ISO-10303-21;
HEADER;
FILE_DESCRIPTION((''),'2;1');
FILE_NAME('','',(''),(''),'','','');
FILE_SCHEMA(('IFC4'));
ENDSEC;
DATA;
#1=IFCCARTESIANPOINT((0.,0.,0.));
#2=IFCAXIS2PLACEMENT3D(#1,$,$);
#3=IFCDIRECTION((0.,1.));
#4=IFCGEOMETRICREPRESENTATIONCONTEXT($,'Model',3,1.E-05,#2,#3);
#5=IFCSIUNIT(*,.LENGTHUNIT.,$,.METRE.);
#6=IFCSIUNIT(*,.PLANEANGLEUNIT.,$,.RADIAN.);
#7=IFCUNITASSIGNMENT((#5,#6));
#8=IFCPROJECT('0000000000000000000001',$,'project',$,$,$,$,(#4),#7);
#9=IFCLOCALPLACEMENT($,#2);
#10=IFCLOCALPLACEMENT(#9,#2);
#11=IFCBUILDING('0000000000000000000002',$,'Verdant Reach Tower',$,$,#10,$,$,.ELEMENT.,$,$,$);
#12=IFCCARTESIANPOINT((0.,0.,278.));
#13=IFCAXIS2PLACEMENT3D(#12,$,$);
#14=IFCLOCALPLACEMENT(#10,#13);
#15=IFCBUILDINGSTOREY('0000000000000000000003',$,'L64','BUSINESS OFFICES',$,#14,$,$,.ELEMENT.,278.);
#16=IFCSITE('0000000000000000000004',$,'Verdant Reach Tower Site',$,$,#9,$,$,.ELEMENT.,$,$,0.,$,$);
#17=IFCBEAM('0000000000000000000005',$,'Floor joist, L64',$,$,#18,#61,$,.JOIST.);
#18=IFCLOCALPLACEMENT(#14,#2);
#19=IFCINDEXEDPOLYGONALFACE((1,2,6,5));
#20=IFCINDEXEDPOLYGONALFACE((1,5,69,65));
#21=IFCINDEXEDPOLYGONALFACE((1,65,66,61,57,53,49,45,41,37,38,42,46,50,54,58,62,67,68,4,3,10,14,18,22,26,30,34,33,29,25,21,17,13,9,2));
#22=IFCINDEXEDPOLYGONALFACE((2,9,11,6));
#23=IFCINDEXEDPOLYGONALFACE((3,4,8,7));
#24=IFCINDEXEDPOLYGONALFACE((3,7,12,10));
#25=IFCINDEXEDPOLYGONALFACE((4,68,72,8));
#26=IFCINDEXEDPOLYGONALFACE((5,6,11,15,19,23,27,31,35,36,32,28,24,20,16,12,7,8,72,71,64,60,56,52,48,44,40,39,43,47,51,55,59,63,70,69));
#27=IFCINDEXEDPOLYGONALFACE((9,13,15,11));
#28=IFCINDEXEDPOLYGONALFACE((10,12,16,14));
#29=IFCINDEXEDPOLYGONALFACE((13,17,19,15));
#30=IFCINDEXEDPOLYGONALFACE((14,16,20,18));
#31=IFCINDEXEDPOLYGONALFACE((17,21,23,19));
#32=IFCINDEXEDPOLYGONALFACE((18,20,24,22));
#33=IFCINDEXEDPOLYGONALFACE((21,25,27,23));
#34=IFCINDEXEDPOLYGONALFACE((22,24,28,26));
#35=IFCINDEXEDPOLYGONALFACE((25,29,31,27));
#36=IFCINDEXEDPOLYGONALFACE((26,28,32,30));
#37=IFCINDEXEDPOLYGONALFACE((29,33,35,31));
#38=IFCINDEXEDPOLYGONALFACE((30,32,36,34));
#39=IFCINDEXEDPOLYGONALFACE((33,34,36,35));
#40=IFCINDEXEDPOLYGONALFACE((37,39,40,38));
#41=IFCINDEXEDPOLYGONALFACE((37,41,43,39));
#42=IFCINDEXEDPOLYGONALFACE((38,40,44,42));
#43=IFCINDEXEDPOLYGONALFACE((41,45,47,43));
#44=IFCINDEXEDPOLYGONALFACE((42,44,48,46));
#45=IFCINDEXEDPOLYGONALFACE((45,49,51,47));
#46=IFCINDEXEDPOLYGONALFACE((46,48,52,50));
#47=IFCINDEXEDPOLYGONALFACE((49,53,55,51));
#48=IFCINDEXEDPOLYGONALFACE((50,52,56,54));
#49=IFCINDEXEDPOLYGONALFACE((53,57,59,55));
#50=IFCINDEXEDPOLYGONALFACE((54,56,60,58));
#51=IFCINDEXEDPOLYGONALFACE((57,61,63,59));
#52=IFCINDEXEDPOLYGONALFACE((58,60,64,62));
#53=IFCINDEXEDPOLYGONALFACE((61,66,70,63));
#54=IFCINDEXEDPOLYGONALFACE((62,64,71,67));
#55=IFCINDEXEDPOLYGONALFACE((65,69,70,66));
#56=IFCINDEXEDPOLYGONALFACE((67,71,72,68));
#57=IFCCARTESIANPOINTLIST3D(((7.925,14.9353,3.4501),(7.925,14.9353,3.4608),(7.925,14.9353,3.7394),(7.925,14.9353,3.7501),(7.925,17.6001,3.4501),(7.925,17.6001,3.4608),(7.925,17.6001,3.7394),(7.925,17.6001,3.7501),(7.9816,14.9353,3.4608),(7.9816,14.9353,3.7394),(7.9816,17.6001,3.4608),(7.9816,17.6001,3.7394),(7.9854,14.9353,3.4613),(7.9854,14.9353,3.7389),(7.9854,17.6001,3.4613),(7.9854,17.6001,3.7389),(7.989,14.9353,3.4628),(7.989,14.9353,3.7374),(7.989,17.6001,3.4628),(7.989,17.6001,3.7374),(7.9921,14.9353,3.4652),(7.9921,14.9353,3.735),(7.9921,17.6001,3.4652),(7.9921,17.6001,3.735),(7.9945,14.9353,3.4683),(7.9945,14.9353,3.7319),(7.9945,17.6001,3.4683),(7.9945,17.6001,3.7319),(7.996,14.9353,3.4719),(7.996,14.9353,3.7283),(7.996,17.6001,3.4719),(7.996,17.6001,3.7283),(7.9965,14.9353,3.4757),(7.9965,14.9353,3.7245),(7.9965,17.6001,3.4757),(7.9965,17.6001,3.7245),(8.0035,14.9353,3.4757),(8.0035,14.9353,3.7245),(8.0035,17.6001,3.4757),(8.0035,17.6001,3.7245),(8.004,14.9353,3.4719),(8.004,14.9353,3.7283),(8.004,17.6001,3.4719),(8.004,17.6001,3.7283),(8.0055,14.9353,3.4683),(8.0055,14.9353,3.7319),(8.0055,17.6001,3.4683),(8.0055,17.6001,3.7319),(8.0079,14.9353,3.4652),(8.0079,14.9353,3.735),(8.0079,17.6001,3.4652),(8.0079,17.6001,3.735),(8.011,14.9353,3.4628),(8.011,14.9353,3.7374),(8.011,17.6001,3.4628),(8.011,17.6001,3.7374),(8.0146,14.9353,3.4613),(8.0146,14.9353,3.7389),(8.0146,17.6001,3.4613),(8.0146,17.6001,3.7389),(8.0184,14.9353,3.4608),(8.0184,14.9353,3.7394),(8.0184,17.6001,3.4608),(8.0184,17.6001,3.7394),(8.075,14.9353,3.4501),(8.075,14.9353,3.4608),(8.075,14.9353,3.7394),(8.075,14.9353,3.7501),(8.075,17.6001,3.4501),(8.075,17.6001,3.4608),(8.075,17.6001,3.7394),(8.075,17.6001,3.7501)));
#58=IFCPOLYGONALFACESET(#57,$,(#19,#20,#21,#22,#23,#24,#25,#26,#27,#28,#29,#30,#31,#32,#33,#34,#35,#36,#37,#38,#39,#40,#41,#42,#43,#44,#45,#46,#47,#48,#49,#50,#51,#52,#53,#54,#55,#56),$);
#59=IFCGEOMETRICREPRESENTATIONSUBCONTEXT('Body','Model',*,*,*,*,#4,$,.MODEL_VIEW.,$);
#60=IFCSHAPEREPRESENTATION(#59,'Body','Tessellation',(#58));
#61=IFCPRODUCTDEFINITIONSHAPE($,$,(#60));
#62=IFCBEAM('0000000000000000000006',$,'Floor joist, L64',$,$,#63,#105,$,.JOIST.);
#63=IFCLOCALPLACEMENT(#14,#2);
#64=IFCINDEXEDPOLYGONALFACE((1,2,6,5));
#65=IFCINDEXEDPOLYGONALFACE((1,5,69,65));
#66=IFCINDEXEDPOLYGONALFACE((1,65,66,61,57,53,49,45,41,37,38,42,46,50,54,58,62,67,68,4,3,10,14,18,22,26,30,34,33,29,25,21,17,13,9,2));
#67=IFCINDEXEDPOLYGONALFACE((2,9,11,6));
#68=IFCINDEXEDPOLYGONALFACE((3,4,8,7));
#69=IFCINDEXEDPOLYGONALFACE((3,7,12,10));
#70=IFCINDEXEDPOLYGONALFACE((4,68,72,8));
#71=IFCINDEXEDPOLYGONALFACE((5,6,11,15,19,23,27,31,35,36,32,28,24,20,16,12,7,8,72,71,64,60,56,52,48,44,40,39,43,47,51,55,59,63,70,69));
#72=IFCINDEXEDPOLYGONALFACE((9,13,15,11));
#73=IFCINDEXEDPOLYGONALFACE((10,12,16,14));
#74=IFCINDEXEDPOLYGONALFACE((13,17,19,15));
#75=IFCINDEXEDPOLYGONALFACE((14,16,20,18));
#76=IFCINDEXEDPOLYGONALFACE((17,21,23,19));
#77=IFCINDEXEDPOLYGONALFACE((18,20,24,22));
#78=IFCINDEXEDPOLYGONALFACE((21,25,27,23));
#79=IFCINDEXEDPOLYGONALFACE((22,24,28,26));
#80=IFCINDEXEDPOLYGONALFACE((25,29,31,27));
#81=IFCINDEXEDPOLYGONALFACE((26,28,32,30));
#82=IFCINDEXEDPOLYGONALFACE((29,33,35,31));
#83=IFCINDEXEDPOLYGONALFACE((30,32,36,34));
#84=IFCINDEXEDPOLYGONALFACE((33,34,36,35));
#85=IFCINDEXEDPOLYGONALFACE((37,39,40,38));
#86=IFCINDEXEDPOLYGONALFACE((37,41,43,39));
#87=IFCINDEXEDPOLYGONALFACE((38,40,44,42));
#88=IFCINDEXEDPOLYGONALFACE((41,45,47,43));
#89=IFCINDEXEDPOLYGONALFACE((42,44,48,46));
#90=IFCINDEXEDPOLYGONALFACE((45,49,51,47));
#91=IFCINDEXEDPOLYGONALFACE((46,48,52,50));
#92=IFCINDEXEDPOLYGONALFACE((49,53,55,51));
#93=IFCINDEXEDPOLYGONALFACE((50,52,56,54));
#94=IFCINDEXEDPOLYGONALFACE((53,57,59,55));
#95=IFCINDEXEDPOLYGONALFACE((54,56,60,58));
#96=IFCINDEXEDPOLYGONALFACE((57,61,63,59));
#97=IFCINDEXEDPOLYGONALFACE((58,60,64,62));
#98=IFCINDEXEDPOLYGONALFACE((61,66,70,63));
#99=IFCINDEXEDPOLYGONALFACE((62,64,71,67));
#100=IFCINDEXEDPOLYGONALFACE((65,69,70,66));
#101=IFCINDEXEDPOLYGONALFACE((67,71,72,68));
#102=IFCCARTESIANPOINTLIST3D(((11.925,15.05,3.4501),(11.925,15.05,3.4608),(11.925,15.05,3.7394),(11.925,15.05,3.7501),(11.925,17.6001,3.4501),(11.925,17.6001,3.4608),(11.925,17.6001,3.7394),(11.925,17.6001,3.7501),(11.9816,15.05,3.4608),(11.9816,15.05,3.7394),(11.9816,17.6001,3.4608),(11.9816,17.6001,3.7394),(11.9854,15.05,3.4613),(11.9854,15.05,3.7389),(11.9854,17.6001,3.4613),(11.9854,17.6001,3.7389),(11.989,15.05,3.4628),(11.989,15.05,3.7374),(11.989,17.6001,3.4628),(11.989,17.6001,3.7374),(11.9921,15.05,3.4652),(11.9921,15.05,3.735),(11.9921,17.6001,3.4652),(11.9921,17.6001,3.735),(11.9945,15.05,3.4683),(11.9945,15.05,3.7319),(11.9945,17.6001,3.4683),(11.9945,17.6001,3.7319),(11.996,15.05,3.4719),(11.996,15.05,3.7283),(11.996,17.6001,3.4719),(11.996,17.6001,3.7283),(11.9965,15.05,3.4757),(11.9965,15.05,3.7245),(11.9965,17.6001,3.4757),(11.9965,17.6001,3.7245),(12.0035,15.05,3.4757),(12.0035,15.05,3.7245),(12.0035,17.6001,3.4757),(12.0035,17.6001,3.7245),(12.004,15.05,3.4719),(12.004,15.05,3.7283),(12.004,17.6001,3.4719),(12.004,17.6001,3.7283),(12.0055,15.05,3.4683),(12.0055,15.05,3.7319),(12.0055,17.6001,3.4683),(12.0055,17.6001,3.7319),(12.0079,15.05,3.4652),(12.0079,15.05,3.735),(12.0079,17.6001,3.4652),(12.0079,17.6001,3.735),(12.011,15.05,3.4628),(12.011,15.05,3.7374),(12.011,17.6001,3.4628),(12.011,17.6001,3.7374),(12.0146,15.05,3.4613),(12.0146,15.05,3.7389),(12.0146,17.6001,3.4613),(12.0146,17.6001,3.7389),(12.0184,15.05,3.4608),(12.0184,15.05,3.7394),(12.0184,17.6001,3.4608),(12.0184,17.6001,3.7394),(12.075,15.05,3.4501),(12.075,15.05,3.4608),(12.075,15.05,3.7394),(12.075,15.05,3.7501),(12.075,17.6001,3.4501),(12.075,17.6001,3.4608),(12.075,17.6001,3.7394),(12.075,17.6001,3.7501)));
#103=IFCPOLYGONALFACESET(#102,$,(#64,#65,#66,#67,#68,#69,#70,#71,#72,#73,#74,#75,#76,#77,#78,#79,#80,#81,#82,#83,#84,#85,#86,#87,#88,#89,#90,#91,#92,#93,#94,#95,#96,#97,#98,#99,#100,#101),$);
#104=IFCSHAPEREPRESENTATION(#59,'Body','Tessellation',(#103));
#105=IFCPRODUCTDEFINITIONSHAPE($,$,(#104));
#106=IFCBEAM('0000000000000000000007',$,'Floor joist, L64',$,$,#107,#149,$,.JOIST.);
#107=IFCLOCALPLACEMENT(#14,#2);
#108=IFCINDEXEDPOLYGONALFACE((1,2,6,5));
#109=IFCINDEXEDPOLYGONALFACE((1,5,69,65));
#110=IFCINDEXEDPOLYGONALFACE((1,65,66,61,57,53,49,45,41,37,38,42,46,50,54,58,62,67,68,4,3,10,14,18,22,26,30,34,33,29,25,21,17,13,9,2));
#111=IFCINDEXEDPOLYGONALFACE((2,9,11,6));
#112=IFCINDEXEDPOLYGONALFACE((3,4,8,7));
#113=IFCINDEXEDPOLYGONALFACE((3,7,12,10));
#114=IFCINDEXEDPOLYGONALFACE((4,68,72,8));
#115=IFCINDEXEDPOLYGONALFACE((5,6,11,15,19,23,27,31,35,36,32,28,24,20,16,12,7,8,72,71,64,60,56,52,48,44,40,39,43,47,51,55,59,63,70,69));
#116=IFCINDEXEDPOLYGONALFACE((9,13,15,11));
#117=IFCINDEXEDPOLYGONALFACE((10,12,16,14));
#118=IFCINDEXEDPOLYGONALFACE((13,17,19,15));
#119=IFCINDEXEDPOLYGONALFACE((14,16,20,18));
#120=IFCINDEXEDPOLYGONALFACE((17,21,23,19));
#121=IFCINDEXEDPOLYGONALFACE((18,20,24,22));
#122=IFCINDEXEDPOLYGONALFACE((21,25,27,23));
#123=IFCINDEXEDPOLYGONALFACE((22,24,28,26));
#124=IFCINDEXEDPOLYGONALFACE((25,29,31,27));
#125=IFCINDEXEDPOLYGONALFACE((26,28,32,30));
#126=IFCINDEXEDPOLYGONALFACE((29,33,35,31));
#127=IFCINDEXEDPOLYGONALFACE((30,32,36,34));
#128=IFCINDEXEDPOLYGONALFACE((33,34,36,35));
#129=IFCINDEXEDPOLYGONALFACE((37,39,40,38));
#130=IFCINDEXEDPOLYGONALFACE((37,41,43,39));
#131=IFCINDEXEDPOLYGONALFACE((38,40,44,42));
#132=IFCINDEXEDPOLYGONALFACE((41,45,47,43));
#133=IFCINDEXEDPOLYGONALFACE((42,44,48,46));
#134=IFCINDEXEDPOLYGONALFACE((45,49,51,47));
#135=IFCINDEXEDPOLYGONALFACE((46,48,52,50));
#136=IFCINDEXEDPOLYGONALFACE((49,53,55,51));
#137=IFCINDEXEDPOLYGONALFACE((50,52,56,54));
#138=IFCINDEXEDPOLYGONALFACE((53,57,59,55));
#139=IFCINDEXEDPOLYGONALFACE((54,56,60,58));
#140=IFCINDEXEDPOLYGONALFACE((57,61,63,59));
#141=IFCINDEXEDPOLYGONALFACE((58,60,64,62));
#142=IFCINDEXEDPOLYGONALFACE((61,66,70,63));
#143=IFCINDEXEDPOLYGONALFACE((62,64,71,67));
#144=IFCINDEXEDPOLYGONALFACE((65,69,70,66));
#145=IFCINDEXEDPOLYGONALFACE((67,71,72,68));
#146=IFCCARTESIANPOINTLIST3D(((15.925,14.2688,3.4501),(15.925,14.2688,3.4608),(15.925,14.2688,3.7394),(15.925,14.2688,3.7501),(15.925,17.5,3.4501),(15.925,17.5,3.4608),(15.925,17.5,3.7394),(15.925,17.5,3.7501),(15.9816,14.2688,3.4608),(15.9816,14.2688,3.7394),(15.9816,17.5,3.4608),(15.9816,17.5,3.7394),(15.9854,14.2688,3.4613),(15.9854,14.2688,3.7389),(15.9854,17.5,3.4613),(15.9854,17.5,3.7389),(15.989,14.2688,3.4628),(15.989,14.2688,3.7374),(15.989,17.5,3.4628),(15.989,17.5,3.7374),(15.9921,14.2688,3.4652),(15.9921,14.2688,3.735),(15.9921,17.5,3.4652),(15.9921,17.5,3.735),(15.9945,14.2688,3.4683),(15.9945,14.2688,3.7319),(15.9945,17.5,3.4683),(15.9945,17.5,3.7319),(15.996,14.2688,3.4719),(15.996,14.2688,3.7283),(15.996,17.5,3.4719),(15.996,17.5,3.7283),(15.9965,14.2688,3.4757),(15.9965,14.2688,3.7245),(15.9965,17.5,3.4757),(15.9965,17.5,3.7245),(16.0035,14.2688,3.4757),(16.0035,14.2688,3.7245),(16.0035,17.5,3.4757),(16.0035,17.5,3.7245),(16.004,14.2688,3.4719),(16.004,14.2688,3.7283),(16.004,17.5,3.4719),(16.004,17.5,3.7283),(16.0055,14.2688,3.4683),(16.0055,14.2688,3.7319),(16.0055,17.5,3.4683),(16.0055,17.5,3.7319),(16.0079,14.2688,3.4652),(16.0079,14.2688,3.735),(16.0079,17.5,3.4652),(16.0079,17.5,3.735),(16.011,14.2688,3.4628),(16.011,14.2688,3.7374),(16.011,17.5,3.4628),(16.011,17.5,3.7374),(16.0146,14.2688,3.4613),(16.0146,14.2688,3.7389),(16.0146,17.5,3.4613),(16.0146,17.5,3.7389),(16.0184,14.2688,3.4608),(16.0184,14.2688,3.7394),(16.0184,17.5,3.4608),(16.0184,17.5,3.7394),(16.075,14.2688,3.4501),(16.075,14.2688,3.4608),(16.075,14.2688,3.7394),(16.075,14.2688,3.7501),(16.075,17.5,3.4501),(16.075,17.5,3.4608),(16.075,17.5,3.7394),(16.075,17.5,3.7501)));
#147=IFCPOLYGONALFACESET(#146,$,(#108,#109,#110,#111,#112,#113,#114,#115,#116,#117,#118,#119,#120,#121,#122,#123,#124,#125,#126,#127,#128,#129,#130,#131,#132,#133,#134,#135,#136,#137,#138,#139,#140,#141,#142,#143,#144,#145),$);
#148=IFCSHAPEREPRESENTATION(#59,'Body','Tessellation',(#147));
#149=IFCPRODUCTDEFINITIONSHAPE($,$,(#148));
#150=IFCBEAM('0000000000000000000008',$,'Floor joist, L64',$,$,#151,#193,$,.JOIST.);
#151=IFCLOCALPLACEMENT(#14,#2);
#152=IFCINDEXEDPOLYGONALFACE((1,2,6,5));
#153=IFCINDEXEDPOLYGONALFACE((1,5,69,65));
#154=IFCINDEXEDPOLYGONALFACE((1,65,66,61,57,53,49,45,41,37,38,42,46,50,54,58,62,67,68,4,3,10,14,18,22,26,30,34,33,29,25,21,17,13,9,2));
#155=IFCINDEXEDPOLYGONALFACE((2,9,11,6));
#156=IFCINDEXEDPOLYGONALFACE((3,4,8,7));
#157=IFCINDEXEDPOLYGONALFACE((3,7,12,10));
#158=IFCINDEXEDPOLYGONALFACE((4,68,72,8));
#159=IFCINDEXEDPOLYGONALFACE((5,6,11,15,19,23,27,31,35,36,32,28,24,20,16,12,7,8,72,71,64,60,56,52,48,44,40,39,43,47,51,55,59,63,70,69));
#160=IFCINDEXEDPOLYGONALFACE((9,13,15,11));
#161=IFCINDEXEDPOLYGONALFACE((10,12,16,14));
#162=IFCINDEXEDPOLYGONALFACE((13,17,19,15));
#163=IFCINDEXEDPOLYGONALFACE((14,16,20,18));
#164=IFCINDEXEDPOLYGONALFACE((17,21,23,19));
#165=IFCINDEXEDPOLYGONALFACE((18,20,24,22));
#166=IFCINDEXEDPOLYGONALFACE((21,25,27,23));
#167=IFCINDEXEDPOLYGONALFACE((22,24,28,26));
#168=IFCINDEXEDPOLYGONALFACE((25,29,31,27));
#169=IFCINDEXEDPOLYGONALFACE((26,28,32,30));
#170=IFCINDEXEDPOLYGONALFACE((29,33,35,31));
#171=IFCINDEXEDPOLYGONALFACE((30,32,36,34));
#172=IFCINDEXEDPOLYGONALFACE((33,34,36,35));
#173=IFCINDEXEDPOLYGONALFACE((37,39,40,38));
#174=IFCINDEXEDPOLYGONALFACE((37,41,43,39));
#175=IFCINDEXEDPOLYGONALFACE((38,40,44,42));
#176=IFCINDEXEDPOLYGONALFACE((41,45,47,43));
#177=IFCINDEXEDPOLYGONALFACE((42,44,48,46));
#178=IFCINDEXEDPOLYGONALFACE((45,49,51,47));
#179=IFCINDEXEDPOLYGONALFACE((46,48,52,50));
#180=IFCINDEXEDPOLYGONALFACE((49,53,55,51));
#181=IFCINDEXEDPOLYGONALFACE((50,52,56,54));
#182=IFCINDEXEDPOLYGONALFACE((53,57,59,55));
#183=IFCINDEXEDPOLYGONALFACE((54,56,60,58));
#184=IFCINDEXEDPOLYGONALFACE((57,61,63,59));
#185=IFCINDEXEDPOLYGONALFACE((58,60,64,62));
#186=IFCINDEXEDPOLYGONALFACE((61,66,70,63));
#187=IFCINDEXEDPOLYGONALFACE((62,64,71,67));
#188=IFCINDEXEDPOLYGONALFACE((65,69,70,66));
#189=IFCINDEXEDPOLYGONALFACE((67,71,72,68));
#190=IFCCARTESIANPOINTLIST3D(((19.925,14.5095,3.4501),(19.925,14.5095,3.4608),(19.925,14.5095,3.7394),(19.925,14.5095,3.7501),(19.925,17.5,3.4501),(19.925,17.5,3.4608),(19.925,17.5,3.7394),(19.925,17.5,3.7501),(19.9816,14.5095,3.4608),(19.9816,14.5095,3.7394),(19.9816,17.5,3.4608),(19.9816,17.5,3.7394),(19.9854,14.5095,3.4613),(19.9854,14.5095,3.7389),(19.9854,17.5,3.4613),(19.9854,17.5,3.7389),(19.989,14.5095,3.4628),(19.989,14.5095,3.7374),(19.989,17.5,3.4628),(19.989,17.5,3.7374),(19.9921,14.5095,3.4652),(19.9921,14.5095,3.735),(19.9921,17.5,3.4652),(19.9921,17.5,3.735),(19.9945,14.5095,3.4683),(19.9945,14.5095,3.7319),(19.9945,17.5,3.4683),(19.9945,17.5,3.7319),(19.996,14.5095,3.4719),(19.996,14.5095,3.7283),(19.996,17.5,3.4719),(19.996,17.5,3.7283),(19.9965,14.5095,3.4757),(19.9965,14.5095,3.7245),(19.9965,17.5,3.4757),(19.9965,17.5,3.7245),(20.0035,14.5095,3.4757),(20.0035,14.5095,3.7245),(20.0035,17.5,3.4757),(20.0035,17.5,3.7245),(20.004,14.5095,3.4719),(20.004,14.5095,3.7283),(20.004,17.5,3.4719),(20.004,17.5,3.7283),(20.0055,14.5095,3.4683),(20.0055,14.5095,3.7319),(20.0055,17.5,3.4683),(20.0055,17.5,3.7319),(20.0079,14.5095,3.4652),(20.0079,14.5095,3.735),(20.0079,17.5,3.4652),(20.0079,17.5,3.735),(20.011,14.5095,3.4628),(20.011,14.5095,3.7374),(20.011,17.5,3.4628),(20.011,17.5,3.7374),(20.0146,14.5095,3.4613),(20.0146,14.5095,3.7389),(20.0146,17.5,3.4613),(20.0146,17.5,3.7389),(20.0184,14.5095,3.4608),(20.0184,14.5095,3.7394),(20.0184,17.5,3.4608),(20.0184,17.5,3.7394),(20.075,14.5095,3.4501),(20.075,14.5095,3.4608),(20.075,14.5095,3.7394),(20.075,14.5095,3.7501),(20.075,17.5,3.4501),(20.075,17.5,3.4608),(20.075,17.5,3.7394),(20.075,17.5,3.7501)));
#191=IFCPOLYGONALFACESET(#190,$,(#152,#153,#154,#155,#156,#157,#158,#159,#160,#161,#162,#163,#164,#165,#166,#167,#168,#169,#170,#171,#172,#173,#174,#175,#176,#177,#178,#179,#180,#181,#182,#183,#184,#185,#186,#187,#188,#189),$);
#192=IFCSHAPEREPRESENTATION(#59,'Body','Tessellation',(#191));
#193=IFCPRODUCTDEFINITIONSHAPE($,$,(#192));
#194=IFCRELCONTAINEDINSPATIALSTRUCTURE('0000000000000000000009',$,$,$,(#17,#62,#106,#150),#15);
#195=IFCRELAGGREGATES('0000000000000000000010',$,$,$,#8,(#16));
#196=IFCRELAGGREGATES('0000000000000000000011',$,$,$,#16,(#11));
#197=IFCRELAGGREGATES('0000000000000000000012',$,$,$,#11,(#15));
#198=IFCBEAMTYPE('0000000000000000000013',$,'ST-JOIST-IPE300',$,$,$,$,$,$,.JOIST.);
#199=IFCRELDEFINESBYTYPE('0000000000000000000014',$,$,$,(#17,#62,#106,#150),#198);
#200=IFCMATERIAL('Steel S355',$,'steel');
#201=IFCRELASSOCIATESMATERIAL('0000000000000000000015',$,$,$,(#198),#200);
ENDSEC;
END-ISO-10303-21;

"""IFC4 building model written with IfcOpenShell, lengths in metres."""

from ifc_helpers import new_model, si_unit, direction, frame, origin, origin_2d, place, context, subcontext, project, spatial, i_section, extrude, material, material_profile, profile_set, type_object, element, save


model = new_model("IFC4")

# Units and contexts
model_context = context("Model", 3, precision=1e-05, world=origin(), true_north=direction((0.0, 1.0)))
body_context = subcontext(model_context, "Body", "Model", "MODEL_VIEW")
ifc_project = project(units=[si_unit("LENGTHUNIT", "METRE"), si_unit("PLANEANGLEUNIT", "RADIAN")], contexts=[model_context])

# Site, building, storey
site_placement = place(None, origin())
site = spatial("IfcSite", under=ifc_project, at=site_placement, Name="Verdant Reach Tower Site", CompositionType="ELEMENT", RefElevation=0.0)
building_placement = place(site_placement, origin())
building = spatial("IfcBuilding", under=site, at=building_placement, Name="Verdant Reach Tower", CompositionType="ELEMENT")
storey_placement = place(building_placement, frame((0.0, 0.0, 278.0)))
storey = spatial("IfcBuildingStorey", under=building, at=storey_placement, Name="L64", Description="BUSINESS OFFICES", CompositionType="ELEMENT", Elevation=278.0)

# Beams
ifc_material_1 = material(Name="Steel S355", Category="steel")
ifc_material_profile_1 = material_profile(ifc_material_1, i_section(OverallWidth=0.1499, OverallDepth=0.3, WebThickness=0.0071, FlangeThickness=0.0107, FilletRadius=0.0149, at=origin_2d()), Name="IPE 300")
ifc_profile_set_1 = profile_set([ifc_material_profile_1], Name="Steel S355")
beam_type_1 = type_object("IfcBeamType", Name="ST-JOIST-IPE300", PredefinedType="JOIST", material=ifc_profile_set_1)
beam_1_placement = place(storey_placement, frame((8.0, 17.6001, 3.6001), z_axis=(0.0, -1.0, 0.0), x_axis=(1.0, 0.0, 0.0)))
element("IfcBeam", 1, at=beam_1_placement, inside=storey, type_object=beam_type_1, Name="Floor joist, L64", PredefinedType="JOIST", context=body_context, shape_type="SweptSolid", body=[
    extrude(i_section(OverallWidth=0.1499, OverallDepth=0.3, WebThickness=0.0071, FlangeThickness=0.0107, FilletRadius=0.0149, at=origin_2d()), origin(), (0.0, 0.0, 1.0), 2.6648),
])
beam_2_placement = place(storey_placement, frame((12.0, 17.6001, 3.6001), z_axis=(0.0, -1.0, 0.0), x_axis=(1.0, 0.0, 0.0)))
element("IfcBeam", 2, at=beam_2_placement, inside=storey, type_object=beam_type_1, Name="Floor joist, L64", PredefinedType="JOIST", context=body_context, shape_type="SweptSolid", body=[
    extrude(i_section(OverallWidth=0.1499, OverallDepth=0.3, WebThickness=0.0071, FlangeThickness=0.0107, FilletRadius=0.0149, at=origin_2d()), origin(), (0.0, 0.0, 1.0), 2.55),
])
beam_3_placement = place(storey_placement, frame((16.0, 17.5, 3.6001), z_axis=(0.0, -1.0, 0.0), x_axis=(1.0, 0.0, 0.0)))
element("IfcBeam", 3, at=beam_3_placement, inside=storey, type_object=beam_type_1, Name="Floor joist, L64", PredefinedType="JOIST", context=body_context, shape_type="SweptSolid", body=[
    extrude(i_section(OverallWidth=0.1499, OverallDepth=0.3, WebThickness=0.0071, FlangeThickness=0.0107, FilletRadius=0.0149, at=origin_2d()), origin(), (0.0, 0.0, 1.0), 3.2312),
])
beam_4_placement = place(storey_placement, frame((20.0, 17.5, 3.6001), z_axis=(0.0, -1.0, 0.0), x_axis=(1.0, 0.0, 0.0)))
element("IfcBeam", 4, at=beam_4_placement, inside=storey, type_object=beam_type_1, Name="Floor joist, L64", PredefinedType="JOIST", context=body_context, shape_type="SweptSolid", body=[
    extrude(i_section(OverallWidth=0.1499, OverallDepth=0.3, WebThickness=0.0071, FlangeThickness=0.0107, FilletRadius=0.0149, at=origin_2d()), origin(), (0.0, 0.0, 1.0), 2.9905),
])

save(model, "model.ifc")
